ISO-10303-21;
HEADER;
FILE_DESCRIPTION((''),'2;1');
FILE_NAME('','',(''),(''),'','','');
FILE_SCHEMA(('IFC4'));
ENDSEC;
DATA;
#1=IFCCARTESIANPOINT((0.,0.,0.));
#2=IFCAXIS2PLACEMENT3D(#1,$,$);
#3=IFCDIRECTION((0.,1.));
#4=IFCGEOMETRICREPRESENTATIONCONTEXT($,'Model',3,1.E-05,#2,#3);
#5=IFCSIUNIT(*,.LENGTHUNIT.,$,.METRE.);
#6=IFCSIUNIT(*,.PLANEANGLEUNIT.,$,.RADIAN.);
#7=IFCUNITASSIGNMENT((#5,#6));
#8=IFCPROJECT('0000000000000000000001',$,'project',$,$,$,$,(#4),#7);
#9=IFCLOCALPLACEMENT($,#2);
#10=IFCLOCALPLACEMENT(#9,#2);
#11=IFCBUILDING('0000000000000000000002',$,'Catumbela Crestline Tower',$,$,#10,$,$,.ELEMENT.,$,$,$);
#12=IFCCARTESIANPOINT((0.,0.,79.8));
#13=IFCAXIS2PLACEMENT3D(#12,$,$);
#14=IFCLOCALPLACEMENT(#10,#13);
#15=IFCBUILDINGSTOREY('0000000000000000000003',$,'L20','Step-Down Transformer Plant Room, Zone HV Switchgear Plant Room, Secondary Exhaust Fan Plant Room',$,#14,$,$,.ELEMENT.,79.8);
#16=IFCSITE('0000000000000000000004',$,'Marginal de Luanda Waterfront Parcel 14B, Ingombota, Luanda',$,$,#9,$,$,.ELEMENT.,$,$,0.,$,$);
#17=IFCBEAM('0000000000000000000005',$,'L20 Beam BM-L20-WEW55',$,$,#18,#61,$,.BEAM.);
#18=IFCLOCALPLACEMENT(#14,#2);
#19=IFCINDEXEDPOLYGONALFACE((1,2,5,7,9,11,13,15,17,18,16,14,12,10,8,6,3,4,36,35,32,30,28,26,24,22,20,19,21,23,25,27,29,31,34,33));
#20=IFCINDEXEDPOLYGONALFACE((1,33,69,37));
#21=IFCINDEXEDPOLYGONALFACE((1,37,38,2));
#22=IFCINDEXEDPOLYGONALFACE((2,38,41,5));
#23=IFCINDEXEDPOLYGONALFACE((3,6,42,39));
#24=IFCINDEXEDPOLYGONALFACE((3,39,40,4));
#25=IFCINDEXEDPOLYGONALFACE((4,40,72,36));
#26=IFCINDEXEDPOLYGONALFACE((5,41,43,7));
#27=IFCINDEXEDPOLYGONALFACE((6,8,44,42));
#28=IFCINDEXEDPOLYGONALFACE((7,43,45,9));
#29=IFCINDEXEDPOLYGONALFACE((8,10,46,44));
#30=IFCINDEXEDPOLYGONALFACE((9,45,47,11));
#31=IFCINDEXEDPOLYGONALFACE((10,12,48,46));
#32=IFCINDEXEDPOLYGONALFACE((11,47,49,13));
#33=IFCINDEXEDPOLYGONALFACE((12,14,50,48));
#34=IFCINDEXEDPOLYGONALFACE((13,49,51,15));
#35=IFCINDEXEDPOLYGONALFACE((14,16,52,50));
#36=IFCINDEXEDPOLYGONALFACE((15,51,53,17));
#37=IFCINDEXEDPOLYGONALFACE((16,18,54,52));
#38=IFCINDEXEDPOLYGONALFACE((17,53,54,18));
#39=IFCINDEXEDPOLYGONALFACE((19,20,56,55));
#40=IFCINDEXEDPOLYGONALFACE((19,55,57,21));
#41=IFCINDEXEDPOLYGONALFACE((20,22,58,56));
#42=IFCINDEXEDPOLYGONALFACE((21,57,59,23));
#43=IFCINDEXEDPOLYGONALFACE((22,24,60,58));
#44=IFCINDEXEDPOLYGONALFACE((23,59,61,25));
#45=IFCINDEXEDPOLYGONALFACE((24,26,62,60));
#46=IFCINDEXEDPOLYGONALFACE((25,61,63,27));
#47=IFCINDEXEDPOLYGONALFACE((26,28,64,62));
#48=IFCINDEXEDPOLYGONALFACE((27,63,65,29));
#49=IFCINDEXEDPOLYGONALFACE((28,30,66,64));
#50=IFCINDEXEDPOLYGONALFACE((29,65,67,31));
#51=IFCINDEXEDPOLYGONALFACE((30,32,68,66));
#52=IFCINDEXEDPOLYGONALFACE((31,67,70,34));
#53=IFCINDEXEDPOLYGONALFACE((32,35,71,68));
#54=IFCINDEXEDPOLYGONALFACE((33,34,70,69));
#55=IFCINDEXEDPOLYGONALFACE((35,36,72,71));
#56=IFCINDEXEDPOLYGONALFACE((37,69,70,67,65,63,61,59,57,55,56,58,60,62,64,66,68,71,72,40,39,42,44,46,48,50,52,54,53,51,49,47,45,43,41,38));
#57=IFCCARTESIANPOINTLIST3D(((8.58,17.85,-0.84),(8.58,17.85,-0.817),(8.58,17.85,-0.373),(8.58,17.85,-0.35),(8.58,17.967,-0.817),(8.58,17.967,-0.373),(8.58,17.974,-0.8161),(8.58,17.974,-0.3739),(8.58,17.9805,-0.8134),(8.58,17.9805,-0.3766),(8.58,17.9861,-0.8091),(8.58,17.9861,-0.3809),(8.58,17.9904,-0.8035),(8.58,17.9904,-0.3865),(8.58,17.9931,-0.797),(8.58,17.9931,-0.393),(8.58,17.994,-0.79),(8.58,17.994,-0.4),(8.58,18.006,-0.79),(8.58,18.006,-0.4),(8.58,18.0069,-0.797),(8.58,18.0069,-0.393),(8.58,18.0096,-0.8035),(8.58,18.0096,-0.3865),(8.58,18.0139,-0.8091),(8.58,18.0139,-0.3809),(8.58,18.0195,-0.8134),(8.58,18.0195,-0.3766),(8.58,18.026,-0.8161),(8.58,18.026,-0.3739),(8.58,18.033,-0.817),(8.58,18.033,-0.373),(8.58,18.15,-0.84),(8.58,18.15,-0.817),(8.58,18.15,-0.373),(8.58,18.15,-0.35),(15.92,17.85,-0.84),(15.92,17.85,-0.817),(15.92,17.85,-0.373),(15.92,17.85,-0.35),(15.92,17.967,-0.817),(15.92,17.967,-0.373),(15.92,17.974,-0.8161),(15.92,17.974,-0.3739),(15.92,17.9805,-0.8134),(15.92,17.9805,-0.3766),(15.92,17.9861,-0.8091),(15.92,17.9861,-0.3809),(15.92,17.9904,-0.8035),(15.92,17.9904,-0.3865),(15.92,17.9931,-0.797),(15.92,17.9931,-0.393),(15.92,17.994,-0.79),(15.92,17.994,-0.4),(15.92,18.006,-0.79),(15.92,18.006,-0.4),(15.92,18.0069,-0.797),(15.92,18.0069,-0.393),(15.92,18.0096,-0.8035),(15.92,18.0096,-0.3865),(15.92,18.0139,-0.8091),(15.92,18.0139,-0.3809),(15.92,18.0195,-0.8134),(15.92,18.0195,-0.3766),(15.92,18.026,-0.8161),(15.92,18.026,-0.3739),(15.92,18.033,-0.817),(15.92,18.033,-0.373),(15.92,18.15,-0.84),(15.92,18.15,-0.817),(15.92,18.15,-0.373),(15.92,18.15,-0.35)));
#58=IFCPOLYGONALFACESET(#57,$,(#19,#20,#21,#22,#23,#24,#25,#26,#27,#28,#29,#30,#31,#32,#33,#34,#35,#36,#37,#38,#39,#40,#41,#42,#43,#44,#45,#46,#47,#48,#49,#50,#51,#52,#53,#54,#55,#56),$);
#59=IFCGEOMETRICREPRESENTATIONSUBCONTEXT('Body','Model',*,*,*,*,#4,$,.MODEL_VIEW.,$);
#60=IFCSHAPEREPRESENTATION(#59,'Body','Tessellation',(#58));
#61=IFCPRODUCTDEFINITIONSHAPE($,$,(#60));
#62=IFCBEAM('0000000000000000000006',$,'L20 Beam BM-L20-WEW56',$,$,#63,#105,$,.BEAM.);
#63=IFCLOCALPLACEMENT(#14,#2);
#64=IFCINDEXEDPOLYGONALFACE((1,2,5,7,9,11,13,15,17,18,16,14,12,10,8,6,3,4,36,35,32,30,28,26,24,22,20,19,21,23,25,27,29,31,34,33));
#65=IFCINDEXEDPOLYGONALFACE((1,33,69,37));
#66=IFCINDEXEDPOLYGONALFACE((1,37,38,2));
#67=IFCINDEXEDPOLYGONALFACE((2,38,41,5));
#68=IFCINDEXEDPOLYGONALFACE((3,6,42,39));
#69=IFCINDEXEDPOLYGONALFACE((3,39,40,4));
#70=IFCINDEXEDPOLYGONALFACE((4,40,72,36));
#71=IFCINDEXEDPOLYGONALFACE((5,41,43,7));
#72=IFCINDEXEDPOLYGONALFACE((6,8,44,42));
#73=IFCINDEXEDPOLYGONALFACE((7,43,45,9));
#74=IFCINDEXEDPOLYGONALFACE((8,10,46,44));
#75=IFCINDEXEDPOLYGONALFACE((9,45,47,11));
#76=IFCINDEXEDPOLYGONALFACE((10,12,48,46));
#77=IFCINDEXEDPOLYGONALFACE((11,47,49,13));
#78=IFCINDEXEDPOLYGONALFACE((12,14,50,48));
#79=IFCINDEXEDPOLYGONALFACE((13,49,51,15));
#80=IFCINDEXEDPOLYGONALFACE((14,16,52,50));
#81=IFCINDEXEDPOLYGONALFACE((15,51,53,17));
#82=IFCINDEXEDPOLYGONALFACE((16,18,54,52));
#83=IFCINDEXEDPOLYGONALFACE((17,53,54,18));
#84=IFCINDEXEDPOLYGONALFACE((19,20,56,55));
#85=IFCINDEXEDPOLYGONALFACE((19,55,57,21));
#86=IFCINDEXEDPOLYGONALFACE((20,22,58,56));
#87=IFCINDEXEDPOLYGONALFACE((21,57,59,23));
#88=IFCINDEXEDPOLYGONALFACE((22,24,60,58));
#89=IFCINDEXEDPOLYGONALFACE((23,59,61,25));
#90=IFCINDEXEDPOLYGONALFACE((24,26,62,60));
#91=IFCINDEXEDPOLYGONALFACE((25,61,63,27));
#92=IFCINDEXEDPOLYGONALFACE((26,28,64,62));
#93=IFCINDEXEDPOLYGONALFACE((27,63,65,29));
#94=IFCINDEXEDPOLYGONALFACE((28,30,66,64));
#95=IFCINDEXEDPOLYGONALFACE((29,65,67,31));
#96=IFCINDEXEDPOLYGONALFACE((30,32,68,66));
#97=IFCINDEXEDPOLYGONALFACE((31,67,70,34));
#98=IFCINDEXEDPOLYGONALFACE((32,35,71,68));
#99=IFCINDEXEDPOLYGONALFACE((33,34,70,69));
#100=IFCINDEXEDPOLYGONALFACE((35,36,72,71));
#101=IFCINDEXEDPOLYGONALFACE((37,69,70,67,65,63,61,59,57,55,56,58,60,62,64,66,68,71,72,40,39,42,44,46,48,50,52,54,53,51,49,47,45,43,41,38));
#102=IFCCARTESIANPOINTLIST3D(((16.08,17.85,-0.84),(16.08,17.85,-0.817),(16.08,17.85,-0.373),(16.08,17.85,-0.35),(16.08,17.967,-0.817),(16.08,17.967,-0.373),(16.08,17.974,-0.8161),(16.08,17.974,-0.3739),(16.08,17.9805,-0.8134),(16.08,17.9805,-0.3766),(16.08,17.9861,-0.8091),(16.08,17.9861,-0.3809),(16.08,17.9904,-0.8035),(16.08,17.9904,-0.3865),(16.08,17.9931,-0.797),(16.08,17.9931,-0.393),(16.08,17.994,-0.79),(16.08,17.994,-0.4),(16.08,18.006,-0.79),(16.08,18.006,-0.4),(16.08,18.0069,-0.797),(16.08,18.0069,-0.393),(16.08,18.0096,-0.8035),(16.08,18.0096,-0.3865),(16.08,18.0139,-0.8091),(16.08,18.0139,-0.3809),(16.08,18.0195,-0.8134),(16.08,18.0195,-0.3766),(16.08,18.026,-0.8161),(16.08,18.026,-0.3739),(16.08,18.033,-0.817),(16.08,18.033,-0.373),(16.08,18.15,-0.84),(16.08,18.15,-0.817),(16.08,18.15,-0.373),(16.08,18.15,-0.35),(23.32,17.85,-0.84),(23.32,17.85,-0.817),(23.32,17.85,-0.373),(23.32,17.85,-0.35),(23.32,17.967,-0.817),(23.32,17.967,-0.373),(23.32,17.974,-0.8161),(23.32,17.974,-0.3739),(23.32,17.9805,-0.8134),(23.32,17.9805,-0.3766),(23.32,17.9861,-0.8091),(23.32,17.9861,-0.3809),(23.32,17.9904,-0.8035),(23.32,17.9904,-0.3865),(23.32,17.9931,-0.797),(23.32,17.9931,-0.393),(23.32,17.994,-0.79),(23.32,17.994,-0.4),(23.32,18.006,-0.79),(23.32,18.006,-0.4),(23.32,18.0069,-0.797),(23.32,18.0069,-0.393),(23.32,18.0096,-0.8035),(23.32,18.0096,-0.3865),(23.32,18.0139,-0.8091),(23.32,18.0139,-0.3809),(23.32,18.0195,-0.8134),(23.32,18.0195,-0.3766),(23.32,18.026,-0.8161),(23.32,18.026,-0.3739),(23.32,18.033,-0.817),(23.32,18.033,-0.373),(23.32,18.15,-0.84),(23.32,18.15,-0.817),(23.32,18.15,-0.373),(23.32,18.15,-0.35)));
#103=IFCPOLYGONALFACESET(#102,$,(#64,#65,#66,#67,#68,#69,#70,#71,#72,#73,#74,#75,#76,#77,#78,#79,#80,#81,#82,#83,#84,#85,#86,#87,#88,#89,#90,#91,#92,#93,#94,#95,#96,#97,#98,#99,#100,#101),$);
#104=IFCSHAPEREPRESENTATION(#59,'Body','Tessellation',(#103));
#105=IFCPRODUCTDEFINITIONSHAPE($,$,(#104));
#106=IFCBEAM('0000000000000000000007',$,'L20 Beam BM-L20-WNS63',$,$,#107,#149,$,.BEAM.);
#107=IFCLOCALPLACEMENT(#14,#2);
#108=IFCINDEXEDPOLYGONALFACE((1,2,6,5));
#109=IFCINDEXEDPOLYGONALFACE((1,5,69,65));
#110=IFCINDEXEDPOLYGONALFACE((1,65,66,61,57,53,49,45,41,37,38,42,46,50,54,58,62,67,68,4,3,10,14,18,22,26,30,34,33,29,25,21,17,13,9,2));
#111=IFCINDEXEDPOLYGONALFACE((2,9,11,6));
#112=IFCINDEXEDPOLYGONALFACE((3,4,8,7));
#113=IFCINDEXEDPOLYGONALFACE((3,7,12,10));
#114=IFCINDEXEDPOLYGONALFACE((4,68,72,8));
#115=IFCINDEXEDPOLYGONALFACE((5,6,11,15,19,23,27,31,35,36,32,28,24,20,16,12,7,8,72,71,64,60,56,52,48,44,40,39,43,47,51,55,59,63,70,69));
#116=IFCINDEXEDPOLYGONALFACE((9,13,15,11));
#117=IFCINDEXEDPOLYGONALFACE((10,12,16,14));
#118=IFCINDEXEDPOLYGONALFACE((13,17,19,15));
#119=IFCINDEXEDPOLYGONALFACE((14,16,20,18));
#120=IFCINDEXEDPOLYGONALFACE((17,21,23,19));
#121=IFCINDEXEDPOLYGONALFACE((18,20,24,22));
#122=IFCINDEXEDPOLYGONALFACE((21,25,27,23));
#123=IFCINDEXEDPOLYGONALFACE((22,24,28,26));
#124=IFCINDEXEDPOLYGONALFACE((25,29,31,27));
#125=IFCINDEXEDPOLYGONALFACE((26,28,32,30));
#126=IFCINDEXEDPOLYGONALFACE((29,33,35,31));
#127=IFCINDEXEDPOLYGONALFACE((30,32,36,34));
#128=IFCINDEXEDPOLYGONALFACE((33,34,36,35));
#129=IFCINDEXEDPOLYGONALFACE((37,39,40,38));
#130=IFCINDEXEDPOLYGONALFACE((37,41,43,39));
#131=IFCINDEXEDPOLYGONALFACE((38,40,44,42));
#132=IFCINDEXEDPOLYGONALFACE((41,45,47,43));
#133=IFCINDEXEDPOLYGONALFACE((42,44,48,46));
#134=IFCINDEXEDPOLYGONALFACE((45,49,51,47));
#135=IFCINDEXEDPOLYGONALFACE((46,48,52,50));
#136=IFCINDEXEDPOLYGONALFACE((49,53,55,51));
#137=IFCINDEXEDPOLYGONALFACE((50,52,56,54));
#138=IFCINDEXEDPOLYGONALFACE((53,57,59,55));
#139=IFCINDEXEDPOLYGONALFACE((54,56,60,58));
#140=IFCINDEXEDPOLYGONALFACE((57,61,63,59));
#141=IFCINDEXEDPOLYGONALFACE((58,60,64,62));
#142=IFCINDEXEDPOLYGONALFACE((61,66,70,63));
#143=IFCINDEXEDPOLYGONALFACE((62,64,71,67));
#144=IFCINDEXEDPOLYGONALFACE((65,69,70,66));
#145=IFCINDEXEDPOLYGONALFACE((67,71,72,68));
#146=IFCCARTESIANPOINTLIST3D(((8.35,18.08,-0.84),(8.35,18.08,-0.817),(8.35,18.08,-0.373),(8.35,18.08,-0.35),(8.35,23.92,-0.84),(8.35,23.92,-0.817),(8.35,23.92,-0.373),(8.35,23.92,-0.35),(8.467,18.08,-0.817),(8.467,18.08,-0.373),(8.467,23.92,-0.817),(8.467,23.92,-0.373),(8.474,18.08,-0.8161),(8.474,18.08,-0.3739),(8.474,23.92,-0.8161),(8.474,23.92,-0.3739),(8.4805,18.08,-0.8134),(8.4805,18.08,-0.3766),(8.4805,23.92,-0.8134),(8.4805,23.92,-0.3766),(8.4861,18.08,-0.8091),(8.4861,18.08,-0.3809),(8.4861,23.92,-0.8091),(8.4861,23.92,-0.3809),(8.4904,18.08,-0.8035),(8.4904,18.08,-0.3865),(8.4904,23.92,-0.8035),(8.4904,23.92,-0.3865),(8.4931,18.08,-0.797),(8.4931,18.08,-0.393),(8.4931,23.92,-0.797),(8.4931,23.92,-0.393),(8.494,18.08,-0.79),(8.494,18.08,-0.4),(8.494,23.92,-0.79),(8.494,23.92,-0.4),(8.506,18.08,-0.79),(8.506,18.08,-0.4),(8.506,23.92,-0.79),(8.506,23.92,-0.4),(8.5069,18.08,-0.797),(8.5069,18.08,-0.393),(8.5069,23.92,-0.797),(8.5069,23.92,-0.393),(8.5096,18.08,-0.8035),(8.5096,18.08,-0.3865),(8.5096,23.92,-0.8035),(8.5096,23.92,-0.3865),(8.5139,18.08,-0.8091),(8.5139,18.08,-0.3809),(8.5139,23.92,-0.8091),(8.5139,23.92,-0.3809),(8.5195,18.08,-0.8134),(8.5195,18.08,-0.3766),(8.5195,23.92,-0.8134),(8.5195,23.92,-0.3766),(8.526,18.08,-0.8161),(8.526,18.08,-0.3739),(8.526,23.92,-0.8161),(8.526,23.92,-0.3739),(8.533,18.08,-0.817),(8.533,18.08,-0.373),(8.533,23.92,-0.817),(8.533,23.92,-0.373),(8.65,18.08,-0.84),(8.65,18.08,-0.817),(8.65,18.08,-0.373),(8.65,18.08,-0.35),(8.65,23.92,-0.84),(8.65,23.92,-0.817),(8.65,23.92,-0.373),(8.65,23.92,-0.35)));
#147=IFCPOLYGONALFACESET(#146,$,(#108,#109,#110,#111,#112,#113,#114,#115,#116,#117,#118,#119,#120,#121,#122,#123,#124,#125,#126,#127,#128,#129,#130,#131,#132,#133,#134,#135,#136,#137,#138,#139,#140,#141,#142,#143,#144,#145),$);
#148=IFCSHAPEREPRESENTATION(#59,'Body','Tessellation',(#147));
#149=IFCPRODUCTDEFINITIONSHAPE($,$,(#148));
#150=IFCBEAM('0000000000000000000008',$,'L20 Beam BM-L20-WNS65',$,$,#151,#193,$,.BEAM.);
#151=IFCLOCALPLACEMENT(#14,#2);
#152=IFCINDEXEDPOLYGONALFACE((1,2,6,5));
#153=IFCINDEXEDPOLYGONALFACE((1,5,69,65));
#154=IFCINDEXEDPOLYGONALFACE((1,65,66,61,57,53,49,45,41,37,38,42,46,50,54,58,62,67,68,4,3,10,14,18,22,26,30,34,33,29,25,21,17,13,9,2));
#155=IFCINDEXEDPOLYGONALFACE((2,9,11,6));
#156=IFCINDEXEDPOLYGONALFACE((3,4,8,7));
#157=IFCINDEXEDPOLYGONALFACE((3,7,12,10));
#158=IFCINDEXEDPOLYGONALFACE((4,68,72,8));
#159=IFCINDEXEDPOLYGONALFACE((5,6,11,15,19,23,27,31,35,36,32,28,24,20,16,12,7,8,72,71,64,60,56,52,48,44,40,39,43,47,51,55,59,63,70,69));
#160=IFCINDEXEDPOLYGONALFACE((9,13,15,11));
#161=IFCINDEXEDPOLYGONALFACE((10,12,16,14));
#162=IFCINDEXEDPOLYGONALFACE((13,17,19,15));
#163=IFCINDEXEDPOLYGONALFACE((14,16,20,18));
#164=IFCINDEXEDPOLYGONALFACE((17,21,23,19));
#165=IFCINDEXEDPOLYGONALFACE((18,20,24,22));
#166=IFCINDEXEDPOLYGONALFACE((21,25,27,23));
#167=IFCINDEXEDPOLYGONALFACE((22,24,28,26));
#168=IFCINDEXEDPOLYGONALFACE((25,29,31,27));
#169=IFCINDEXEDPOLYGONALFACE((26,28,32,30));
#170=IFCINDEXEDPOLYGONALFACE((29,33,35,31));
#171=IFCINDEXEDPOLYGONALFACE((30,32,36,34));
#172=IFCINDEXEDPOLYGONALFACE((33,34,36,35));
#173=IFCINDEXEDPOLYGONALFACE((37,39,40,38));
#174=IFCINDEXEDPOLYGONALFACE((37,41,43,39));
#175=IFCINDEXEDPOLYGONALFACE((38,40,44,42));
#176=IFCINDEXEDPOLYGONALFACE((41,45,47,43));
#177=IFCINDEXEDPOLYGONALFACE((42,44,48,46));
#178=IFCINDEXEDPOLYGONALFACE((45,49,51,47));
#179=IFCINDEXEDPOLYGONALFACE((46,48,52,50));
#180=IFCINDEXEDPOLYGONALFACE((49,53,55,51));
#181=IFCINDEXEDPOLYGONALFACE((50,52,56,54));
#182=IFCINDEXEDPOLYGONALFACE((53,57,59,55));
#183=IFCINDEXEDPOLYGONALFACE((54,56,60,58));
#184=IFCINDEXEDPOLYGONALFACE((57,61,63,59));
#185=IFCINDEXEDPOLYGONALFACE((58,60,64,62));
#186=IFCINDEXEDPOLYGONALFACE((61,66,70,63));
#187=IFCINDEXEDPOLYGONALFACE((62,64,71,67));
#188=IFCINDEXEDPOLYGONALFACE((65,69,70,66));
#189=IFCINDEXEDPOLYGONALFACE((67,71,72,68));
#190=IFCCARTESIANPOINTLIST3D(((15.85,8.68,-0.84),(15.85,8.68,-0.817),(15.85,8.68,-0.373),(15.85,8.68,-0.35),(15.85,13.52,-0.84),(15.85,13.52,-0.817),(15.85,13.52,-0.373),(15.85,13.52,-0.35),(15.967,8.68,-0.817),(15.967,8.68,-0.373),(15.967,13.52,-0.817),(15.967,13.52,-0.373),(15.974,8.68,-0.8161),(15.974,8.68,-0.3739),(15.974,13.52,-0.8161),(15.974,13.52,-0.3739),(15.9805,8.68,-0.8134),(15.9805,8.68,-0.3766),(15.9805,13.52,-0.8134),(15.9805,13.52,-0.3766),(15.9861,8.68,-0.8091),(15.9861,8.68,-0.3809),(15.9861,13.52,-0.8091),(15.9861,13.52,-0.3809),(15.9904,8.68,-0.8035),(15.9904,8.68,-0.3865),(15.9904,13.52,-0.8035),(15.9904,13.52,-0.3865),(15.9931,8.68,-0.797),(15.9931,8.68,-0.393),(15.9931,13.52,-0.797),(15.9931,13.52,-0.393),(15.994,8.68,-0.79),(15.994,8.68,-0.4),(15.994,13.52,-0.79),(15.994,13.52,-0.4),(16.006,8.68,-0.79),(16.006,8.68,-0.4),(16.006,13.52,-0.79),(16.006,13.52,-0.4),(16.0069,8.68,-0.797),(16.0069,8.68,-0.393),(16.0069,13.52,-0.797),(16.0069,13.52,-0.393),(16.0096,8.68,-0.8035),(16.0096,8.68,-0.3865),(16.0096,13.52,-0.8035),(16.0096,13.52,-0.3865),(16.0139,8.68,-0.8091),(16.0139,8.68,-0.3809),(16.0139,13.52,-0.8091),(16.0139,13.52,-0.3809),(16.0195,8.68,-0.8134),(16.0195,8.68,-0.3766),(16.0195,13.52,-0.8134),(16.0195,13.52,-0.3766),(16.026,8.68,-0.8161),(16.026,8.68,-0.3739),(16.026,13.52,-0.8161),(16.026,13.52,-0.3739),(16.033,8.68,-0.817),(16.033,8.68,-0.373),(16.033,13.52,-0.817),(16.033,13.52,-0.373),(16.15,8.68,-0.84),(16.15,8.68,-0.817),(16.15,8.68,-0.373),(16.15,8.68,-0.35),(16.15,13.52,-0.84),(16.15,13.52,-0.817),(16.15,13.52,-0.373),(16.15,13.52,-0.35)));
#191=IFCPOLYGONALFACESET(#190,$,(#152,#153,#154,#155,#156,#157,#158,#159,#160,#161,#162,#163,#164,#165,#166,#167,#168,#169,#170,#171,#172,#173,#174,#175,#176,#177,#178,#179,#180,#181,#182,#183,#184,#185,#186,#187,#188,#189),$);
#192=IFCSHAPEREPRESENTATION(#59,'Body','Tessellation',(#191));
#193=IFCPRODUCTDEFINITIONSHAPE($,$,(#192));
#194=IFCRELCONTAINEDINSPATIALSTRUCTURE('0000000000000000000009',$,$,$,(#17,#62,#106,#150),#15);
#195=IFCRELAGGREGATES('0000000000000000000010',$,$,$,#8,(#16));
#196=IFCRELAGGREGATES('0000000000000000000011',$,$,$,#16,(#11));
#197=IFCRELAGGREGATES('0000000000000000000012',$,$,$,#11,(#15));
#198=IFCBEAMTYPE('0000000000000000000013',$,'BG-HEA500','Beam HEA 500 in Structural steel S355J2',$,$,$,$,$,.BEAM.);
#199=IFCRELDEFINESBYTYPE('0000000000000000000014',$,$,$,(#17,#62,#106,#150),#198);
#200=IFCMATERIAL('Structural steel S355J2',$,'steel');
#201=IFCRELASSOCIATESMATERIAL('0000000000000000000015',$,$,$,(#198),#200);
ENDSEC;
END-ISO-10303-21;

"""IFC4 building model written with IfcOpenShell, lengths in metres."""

from ifc_helpers import new_model, si_unit, direction, frame, origin, origin_2d, place, context, subcontext, project, spatial, i_section, extrude, material, material_profile, profile_set, type_object, element, save


model = new_model("IFC4")

# Units and contexts
model_context = context("Model", 3, precision=1e-05, world=origin(), true_north=direction((0.0, 1.0)))
body_context = subcontext(model_context, "Body", "Model", "MODEL_VIEW")
ifc_project = project(units=[si_unit("LENGTHUNIT", "METRE"), si_unit("PLANEANGLEUNIT", "RADIAN")], contexts=[model_context])

# Site, building, storey
site_placement = place(None, origin())
site = spatial("IfcSite", under=ifc_project, at=site_placement, Name="Marginal de Luanda Waterfront Parcel 14B, Ingombota, Luanda", CompositionType="ELEMENT", RefElevation=0.0)
building_placement = place(site_placement, origin())
building = spatial("IfcBuilding", under=site, at=building_placement, Name="Catumbela Crestline Tower", CompositionType="ELEMENT")
storey_placement = place(building_placement, frame((0.0, 0.0, 79.8)))
storey = spatial("IfcBuildingStorey", under=building, at=storey_placement, Name="L20", Description="Step-Down Transformer Plant Room, Zone HV Switchgear Plant Room, Secondary Exhaust Fan Plant Room", CompositionType="ELEMENT", Elevation=79.8)

# Beams
ifc_material_1 = material(Name="Structural steel S355J2", Category="steel")
ifc_material_profile_1 = material_profile(ifc_material_1, i_section(OverallWidth=0.3, OverallDepth=0.49, WebThickness=0.012, FlangeThickness=0.023, FilletRadius=0.027, at=origin_2d()), Name="HEA 500")
ifc_profile_set_1 = profile_set([ifc_material_profile_1], Name="Structural steel S355J2")
beam_type_1 = type_object("IfcBeamType", Name="BG-HEA500", Description="Beam HEA 500 in Structural steel S355J2", PredefinedType="BEAM", material=ifc_profile_set_1)
beam_1_placement = place(storey_placement, frame((8.58, 18.0, -0.595), z_axis=(1.0, 0.0, 0.0), x_axis=(0.0, 1.0, 0.0)))
element("IfcBeam", 1, at=beam_1_placement, inside=storey, type_object=beam_type_1, Name="L20 Beam BM-L20-WEW55", PredefinedType="BEAM", context=body_context, shape_type="SweptSolid", body=[
    extrude(i_section(OverallWidth=0.3, OverallDepth=0.49, WebThickness=0.012, FlangeThickness=0.023, FilletRadius=0.027, at=origin_2d()), origin(), (0.0, 0.0, 1.0), 7.34),
])
beam_2_placement = place(storey_placement, frame((16.08, 18.0, -0.595), z_axis=(1.0, 0.0, 0.0), x_axis=(0.0, 1.0, 0.0)))
element("IfcBeam", 2, at=beam_2_placement, inside=storey, type_object=beam_type_1, Name="L20 Beam BM-L20-WEW56", PredefinedType="BEAM", context=body_context, shape_type="SweptSolid", body=[
    extrude(i_section(OverallWidth=0.3, OverallDepth=0.49, WebThickness=0.012, FlangeThickness=0.023, FilletRadius=0.027, at=origin_2d()), origin(), (0.0, 0.0, 1.0), 7.24),
])
beam_3_placement = place(storey_placement, frame((8.5, 18.08, -0.595), z_axis=(0.0, 1.0, 0.0), x_axis=(-1.0, 0.0, 0.0)))
element("IfcBeam", 3, at=beam_3_placement, inside=storey, type_object=beam_type_1, Name="L20 Beam BM-L20-WNS63", PredefinedType="BEAM", context=body_context, shape_type="SweptSolid", body=[
    extrude(i_section(OverallWidth=0.3, OverallDepth=0.49, WebThickness=0.012, FlangeThickness=0.023, FilletRadius=0.027, at=origin_2d()), origin(), (0.0, 0.0, 1.0), 5.84),
])
beam_4_placement = place(storey_placement, frame((16.0, 8.68, -0.595), z_axis=(0.0, 1.0, 0.0), x_axis=(-1.0, 0.0, 0.0)))
element("IfcBeam", 4, at=beam_4_placement, inside=storey, type_object=beam_type_1, Name="L20 Beam BM-L20-WNS65", PredefinedType="BEAM", context=body_context, shape_type="SweptSolid", body=[
    extrude(i_section(OverallWidth=0.3, OverallDepth=0.49, WebThickness=0.012, FlangeThickness=0.023, FilletRadius=0.027, at=origin_2d()), origin(), (0.0, 0.0, 1.0), 4.84),
])

save(model, "model.ifc")
